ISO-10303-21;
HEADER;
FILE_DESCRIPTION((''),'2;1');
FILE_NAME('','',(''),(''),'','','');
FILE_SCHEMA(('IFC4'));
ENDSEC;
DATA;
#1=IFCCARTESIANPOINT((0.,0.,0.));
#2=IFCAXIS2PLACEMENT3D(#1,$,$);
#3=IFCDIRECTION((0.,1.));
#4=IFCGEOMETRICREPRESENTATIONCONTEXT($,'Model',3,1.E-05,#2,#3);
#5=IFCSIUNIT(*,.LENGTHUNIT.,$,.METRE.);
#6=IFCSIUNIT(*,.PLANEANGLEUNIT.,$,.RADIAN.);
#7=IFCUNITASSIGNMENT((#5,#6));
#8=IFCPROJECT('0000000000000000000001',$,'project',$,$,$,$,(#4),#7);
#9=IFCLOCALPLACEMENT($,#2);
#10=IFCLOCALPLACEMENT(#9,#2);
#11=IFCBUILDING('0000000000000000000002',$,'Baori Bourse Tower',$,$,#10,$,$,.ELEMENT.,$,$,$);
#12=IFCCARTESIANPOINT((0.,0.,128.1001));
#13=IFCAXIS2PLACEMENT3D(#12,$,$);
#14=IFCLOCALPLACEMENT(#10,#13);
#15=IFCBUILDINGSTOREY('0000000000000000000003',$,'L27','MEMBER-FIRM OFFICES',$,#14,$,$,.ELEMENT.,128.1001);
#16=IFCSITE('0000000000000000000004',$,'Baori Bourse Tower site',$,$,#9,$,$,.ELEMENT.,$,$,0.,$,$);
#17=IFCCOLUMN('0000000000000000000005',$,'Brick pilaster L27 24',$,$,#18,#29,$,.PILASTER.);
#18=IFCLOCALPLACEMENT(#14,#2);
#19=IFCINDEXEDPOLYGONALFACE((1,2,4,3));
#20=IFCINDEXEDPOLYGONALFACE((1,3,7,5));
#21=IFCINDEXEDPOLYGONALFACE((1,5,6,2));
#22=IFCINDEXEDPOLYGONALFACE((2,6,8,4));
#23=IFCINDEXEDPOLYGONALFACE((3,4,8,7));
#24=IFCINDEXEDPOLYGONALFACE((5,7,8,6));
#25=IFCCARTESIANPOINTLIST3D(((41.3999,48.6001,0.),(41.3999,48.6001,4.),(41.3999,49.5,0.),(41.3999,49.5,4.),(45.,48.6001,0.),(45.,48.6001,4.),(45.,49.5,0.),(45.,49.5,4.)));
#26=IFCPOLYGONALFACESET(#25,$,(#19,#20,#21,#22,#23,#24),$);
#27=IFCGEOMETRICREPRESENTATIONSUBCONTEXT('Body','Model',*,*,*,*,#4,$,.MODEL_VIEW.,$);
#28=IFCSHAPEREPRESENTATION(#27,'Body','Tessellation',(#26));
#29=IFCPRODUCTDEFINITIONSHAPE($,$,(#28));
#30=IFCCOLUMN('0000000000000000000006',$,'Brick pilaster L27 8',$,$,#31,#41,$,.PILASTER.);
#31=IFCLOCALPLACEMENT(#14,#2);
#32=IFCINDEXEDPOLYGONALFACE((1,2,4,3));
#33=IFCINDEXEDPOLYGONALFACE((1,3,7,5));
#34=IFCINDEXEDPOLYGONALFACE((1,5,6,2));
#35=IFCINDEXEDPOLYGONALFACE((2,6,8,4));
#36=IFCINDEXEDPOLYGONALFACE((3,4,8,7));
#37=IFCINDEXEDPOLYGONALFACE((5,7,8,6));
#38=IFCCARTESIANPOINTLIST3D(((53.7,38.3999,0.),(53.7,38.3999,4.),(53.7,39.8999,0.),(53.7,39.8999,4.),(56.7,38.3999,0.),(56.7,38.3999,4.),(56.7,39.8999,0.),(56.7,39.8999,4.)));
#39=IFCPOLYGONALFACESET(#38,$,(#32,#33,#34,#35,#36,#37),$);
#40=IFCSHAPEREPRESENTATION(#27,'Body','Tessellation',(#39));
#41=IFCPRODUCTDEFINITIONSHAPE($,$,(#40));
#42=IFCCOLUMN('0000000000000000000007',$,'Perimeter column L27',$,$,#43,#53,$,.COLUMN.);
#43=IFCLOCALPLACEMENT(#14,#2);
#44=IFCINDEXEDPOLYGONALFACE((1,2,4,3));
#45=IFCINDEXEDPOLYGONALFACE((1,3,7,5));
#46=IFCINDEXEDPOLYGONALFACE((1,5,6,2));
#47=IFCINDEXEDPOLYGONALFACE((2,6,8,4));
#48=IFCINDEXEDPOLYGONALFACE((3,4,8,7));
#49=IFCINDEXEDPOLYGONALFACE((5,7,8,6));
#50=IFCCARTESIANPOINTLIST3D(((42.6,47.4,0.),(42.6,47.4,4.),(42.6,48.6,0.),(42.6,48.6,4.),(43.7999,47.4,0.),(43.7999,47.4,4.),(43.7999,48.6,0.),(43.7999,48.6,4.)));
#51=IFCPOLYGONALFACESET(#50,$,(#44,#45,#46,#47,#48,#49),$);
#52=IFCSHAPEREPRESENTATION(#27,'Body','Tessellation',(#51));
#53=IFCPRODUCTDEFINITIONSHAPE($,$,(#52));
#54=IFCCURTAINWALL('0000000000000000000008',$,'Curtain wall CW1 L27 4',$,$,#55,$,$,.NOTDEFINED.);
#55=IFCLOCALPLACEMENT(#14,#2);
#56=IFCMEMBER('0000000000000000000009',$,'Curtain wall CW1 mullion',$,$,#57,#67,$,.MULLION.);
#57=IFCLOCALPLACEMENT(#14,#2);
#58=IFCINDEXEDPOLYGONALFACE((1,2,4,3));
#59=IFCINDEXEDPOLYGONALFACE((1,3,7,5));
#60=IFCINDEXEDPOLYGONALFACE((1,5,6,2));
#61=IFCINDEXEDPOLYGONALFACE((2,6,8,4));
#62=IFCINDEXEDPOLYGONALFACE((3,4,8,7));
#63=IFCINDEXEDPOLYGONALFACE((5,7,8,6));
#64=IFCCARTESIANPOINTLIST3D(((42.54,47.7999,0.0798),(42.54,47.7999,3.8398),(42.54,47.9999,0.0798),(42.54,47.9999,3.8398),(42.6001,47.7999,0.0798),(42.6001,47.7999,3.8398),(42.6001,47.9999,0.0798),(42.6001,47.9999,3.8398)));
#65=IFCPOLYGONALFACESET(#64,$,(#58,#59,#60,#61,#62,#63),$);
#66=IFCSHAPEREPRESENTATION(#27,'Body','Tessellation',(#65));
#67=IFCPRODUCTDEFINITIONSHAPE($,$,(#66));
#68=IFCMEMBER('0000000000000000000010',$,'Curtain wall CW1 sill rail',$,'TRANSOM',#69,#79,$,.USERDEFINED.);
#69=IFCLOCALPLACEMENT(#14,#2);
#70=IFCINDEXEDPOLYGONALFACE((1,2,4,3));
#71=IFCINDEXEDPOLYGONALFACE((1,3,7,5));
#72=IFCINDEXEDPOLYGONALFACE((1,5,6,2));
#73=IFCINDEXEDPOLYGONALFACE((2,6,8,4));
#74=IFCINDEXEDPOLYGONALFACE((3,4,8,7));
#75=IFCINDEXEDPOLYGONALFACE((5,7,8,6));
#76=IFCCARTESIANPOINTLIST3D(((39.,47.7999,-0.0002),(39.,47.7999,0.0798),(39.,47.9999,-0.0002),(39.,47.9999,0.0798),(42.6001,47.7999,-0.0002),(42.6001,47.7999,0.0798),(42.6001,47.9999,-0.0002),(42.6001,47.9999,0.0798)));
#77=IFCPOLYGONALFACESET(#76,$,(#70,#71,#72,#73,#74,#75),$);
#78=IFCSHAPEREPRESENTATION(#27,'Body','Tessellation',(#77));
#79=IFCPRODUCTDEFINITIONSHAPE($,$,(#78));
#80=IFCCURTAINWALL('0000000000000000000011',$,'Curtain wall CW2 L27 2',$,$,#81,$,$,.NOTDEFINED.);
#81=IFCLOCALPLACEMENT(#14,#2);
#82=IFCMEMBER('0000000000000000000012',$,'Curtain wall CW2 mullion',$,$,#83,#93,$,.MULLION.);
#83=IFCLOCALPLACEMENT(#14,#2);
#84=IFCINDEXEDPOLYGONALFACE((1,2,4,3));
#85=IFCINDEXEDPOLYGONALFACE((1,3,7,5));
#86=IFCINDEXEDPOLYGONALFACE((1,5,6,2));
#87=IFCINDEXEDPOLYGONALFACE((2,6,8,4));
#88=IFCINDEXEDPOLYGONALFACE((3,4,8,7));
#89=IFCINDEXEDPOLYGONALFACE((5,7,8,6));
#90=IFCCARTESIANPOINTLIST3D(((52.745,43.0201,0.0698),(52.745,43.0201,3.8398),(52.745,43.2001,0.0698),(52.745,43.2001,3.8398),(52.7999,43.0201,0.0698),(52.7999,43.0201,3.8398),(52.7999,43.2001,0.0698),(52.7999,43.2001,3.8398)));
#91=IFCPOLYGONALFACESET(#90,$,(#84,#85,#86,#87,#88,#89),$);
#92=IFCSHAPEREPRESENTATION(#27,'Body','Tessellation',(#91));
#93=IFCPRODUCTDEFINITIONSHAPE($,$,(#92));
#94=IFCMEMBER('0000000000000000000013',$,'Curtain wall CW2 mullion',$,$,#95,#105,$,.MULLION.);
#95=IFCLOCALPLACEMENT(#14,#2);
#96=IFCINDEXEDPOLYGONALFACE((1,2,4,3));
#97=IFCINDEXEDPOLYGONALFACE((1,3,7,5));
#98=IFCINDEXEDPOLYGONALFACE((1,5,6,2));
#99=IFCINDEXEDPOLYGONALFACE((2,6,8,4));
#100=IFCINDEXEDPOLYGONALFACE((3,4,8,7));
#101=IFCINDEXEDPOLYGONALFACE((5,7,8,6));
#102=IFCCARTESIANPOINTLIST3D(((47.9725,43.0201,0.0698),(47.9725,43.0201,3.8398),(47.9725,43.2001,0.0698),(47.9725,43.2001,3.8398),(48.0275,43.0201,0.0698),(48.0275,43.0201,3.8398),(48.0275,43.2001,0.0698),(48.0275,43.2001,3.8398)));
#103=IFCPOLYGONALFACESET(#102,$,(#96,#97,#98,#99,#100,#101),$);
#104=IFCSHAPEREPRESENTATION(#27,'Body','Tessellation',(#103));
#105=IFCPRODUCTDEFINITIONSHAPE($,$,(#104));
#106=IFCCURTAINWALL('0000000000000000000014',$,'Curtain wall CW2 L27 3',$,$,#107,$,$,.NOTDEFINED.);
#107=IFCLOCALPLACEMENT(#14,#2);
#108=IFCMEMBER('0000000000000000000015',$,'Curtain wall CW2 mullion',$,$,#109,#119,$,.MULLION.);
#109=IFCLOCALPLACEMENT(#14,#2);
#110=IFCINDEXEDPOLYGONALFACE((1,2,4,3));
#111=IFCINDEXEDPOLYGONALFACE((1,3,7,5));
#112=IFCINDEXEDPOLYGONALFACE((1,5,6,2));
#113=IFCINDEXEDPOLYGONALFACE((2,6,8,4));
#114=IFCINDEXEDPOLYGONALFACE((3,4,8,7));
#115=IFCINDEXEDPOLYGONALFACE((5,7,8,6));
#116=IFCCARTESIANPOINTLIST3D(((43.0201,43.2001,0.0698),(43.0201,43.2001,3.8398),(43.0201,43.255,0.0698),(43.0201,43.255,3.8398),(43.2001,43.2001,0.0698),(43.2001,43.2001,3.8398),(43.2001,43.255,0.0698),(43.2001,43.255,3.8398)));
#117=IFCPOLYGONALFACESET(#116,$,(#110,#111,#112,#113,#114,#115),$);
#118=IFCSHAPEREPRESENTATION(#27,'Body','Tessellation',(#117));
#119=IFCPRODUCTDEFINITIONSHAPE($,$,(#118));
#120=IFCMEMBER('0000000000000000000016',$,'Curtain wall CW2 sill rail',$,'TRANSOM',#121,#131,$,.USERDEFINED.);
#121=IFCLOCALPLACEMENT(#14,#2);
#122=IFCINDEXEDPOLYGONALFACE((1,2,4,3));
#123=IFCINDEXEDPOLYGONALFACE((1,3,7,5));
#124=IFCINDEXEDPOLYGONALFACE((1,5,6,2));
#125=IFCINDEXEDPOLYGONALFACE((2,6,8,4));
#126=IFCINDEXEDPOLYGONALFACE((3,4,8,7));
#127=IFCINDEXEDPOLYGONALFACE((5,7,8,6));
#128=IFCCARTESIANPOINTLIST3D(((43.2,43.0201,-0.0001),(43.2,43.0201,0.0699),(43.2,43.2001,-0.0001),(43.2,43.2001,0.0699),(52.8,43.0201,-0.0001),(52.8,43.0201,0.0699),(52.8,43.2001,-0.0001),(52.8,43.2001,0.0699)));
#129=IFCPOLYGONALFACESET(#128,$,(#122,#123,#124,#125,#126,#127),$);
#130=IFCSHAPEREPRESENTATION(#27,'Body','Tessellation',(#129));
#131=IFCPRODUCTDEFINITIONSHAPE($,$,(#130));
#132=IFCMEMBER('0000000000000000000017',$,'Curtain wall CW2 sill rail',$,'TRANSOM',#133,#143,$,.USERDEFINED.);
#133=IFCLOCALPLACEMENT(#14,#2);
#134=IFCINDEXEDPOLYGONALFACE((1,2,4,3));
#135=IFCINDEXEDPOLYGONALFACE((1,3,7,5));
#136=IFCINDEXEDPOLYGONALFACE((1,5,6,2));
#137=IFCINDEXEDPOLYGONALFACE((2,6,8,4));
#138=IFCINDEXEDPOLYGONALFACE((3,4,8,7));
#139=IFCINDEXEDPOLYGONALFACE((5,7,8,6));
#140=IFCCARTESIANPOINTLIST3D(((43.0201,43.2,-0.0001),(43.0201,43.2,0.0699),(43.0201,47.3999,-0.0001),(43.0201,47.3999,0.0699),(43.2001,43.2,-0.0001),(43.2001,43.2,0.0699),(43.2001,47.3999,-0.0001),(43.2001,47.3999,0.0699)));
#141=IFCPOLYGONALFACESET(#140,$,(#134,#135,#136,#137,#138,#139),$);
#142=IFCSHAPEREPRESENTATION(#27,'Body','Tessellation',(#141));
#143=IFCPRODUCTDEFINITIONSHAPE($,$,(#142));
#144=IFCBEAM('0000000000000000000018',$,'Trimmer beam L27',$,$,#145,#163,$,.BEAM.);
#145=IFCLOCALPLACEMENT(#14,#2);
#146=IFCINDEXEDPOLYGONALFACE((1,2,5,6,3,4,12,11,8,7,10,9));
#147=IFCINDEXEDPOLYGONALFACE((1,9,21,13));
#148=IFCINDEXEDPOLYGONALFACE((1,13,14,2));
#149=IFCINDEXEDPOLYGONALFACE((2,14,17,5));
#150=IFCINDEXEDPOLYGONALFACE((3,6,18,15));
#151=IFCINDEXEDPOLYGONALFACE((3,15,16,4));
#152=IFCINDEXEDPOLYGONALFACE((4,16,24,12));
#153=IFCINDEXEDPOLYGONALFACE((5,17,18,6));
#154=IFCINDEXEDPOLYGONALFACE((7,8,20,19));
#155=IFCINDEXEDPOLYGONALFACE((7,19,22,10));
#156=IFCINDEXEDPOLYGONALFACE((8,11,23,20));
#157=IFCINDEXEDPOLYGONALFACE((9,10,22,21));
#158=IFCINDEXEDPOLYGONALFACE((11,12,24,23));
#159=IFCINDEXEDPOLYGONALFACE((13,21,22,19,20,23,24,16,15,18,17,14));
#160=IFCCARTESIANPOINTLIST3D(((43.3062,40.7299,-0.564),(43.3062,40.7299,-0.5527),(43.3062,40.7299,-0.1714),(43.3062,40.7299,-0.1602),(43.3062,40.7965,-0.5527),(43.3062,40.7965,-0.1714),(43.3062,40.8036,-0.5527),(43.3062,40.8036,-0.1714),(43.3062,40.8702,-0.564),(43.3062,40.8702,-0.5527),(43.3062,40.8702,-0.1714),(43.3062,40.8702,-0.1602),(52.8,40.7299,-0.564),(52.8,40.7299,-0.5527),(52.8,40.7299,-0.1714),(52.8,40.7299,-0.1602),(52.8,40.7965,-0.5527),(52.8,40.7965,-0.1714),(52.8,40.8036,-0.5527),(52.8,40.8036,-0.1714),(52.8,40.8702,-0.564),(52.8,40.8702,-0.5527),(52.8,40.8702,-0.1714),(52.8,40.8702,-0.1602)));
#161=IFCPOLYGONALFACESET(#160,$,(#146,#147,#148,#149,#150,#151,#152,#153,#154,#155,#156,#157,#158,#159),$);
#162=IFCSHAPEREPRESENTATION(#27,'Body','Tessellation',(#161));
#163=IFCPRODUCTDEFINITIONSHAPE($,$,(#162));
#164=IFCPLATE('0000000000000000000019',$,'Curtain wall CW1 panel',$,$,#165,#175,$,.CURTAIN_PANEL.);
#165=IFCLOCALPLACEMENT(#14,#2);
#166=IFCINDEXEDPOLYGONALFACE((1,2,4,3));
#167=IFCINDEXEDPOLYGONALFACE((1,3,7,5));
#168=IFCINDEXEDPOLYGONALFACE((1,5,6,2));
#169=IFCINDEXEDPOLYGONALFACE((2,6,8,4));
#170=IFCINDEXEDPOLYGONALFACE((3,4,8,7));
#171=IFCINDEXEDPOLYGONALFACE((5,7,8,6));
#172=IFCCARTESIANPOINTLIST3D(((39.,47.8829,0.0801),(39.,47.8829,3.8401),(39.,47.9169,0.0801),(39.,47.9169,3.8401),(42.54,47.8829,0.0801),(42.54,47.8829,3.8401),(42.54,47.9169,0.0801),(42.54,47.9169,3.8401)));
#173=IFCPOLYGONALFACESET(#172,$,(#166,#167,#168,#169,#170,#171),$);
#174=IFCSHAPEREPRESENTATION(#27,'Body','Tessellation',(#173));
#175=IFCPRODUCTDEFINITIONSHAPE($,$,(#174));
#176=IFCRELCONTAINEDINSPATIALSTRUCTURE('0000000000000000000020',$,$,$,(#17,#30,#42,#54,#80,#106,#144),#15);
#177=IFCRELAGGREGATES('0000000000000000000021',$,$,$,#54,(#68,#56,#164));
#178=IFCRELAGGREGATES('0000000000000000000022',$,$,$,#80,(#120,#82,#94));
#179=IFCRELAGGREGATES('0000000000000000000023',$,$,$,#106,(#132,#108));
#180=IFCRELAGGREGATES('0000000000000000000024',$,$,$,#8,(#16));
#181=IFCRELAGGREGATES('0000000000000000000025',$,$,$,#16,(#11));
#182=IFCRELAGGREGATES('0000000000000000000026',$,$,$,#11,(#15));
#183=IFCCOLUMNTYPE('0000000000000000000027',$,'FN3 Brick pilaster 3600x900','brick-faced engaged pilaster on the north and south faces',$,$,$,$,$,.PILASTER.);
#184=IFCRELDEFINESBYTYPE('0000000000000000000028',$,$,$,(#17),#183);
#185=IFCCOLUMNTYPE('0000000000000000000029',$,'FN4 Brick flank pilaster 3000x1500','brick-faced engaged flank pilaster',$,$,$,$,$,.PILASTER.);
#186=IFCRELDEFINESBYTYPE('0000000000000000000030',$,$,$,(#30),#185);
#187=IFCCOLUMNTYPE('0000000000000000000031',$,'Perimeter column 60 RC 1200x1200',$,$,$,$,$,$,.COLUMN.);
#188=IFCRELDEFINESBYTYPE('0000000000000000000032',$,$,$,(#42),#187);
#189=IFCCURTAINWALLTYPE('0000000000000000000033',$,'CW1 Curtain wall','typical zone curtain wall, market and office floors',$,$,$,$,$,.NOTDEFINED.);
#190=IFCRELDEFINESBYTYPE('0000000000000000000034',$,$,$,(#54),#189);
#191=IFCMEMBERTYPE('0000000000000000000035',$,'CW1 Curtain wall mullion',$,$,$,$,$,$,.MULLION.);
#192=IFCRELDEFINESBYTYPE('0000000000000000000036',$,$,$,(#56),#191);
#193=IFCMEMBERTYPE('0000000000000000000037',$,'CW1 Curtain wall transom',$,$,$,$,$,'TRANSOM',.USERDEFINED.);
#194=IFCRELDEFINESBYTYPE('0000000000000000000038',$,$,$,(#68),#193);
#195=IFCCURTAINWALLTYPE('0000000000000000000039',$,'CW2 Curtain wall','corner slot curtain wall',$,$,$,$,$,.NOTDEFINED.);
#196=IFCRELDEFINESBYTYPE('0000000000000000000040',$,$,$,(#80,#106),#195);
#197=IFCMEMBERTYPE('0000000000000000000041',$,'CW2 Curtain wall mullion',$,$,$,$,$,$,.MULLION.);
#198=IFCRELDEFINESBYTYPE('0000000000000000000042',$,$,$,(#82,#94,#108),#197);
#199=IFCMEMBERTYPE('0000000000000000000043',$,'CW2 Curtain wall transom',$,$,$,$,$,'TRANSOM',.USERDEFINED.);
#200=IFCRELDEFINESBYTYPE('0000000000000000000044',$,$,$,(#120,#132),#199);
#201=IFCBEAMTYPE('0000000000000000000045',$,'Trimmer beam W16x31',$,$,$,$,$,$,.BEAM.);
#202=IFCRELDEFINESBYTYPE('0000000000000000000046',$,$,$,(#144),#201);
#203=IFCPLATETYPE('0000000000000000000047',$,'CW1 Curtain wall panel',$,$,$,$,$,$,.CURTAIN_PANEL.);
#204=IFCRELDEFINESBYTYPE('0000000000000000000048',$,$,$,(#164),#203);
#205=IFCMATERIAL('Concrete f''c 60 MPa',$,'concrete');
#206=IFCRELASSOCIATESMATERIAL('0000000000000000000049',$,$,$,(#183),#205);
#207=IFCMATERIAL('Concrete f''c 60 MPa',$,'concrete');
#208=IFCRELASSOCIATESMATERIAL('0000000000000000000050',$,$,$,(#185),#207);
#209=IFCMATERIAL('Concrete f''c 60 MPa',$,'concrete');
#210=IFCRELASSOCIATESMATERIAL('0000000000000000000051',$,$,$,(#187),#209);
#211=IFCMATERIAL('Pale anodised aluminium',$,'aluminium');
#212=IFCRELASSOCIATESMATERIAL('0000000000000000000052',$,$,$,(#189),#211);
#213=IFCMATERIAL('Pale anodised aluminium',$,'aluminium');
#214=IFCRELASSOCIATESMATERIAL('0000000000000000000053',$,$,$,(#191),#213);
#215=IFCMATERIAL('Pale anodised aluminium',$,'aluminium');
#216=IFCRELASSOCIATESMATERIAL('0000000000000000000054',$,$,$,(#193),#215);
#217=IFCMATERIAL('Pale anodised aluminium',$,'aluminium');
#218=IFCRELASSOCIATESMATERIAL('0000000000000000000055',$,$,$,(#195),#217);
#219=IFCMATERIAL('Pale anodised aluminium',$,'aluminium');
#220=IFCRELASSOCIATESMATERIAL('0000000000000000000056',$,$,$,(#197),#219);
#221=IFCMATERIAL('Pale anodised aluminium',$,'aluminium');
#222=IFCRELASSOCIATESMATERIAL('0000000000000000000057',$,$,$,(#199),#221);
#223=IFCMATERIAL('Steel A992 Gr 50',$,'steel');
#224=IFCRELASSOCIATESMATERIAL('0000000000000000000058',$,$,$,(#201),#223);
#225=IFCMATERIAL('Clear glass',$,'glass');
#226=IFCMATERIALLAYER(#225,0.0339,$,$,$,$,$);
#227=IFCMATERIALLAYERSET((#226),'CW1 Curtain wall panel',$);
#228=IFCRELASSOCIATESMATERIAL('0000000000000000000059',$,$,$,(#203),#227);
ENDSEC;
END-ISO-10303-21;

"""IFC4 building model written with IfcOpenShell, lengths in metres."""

from ifc_helpers import new_model, si_unit, direction, frame, origin, origin_2d, place, context, subcontext, project, spatial, rectangle, i_section, extrude, material, layer, layer_set, material_profile, profile_set, type_object, element, aggregate, save


model = new_model("IFC4")

# Units and contexts
model_context = context("Model", 3, precision=1e-05, world=origin(), true_north=direction((0.0, 1.0)))
body_context = subcontext(model_context, "Body", "Model", "MODEL_VIEW")
ifc_project = project(units=[si_unit("LENGTHUNIT", "METRE"), si_unit("PLANEANGLEUNIT", "RADIAN")], contexts=[model_context])

# Site, building, storey
site_placement = place(None, origin())
site = spatial("IfcSite", under=ifc_project, at=site_placement, Name="Baori Bourse Tower site", CompositionType="ELEMENT", RefElevation=0.0)
building_placement = place(site_placement, origin())
building = spatial("IfcBuilding", under=site, at=building_placement, Name="Baori Bourse Tower", CompositionType="ELEMENT")
storey_placement = place(building_placement, frame((0.0, 0.0, 128.1001)))
storey = spatial("IfcBuildingStorey", under=building, at=storey_placement, Name="L27", Description="MEMBER-FIRM OFFICES", CompositionType="ELEMENT", Elevation=128.1001)

# Columns
ifc_material_1 = material(Name="Concrete f'c 60 MPa", Category="concrete")
ifc_material_profile_1 = material_profile(ifc_material_1, rectangle(XDim=3.6001, YDim=0.8999, at=origin_2d()), Name="RC 3600x900")
ifc_profile_set_1 = profile_set([ifc_material_profile_1], Name="Concrete f'c 60 MPa")
column_type_1 = type_object("IfcColumnType", Name="FN3 Brick pilaster 3600x900", Description="brick-faced engaged pilaster on the north and south faces", PredefinedType="PILASTER", material=ifc_profile_set_1)
column_1_placement = place(storey_placement, frame((43.2, 49.05, 0.0), z_axis=(0.0, 0.0, 1.0), x_axis=(1.0, 0.0, 0.0)))
element("IfcColumn", 1, at=column_1_placement, inside=storey, type_object=column_type_1, Name="Brick pilaster L27 24", PredefinedType="PILASTER", context=body_context, shape_type="SweptSolid", body=[
    extrude(rectangle(XDim=3.6001, YDim=0.8999, at=origin_2d()), origin(), (0.0, 0.0, 1.0), 4.0),
])
ifc_material_2 = material(Name="Concrete f'c 60 MPa", Category="concrete")
ifc_material_profile_2 = material_profile(ifc_material_2, rectangle(XDim=3.0, YDim=1.5, at=origin_2d()), Name="RC 3000x1500")
ifc_profile_set_2 = profile_set([ifc_material_profile_2], Name="Concrete f'c 60 MPa")
column_type_2 = type_object("IfcColumnType", Name="FN4 Brick flank pilaster 3000x1500", Description="brick-faced engaged flank pilaster", PredefinedType="PILASTER", material=ifc_profile_set_2)
column_2_placement = place(storey_placement, frame((55.2, 39.1499, 0.0), z_axis=(0.0, 0.0, 1.0), x_axis=(1.0, 0.0, 0.0)))
element("IfcColumn", 2, at=column_2_placement, inside=storey, type_object=column_type_2, Name="Brick pilaster L27 8", PredefinedType="PILASTER", context=body_context, shape_type="SweptSolid", body=[
    extrude(rectangle(XDim=3.0, YDim=1.5, at=origin_2d()), origin(), (0.0, 0.0, 1.0), 4.0),
])
ifc_material_3 = material(Name="Concrete f'c 60 MPa", Category="concrete")
ifc_material_profile_3 = material_profile(ifc_material_3, rectangle(XDim=1.2, YDim=1.2, at=origin_2d()), Name="RC 1200x1200")
ifc_profile_set_3 = profile_set([ifc_material_profile_3], Name="Concrete f'c 60 MPa")
column_type_3 = type_object("IfcColumnType", Name="Perimeter column 60 RC 1200x1200", PredefinedType="COLUMN", material=ifc_profile_set_3)
column_3_placement = place(storey_placement, frame((43.2, 48.0, 0.0), z_axis=(0.0, 0.0, 1.0), x_axis=(1.0, 0.0, 0.0)))
element("IfcColumn", 3, at=column_3_placement, inside=storey, type_object=column_type_3, Name="Perimeter column L27", PredefinedType="COLUMN", context=body_context, shape_type="SweptSolid", body=[
    extrude(rectangle(XDim=1.2, YDim=1.2, at=origin_2d()), origin(), (0.0, 0.0, 1.0), 4.0),
])

# Curtain walls, members
ifc_material_4 = material(Name="Pale anodised aluminium", Category="aluminium")
curtain_wall_type_1 = type_object("IfcCurtainWallType", Name="CW1 Curtain wall", Description="typical zone curtain wall, market and office floors", PredefinedType="NOTDEFINED", material=ifc_material_4)
curtain_wall_1_placement = place(storey_placement, origin())
curtain_wall_1 = element("IfcCurtainWall", 4, at=curtain_wall_1_placement, inside=storey, type_object=curtain_wall_type_1, Name="Curtain wall CW1 L27 4", PredefinedType="NOTDEFINED")
ifc_material_5 = material(Name="Pale anodised aluminium", Category="aluminium")
ifc_material_profile_4 = material_profile(ifc_material_5, rectangle(XDim=0.2, YDim=0.0601, at=origin_2d()), Name="Mullion 60x200")
ifc_profile_set_4 = profile_set([ifc_material_profile_4], Name="Pale anodised aluminium")
member_type_1 = type_object("IfcMemberType", Name="CW1 Curtain wall mullion", PredefinedType="MULLION", material=ifc_profile_set_4)
member_1_placement = place(storey_placement, frame((42.5701, 47.8999, 0.0798), z_axis=(0.0, 0.0, 1.0), x_axis=(0.0, -1.0, 0.0)))
member_1 = element("IfcMember", 5, at=member_1_placement, type_object=member_type_1, Name="Curtain wall CW1 mullion", PredefinedType="MULLION", context=body_context, shape_type="SweptSolid", body=[
    extrude(rectangle(XDim=0.2, YDim=0.0601, at=origin_2d()), origin(), (0.0, 0.0, 1.0), 3.76),
])
ifc_material_6 = material(Name="Pale anodised aluminium", Category="aluminium")
ifc_material_profile_5 = material_profile(ifc_material_6, rectangle(XDim=0.2, YDim=0.0801, at=origin_2d()), Name="Transom 80x200")
ifc_profile_set_5 = profile_set([ifc_material_profile_5], Name="Pale anodised aluminium")
member_type_2 = type_object("IfcMemberType", Name="CW1 Curtain wall transom", ElementType="TRANSOM", PredefinedType="USERDEFINED", material=ifc_profile_set_5)
member_2_placement = place(storey_placement, frame((42.6001, 47.8999, 0.0398), z_axis=(-1.0, 0.0, 0.0), x_axis=(0.0, -1.0, 0.0)))
member_2 = element("IfcMember", 6, at=member_2_placement, type_object=member_type_2, Name="Curtain wall CW1 sill rail", ObjectType="TRANSOM", PredefinedType="USERDEFINED", context=body_context, shape_type="SweptSolid", body=[
    extrude(rectangle(XDim=0.2, YDim=0.0801, at=origin_2d()), origin(), (0.0, 0.0, 1.0), 3.6001),
])
ifc_material_7 = material(Name="Pale anodised aluminium", Category="aluminium")
curtain_wall_type_2 = type_object("IfcCurtainWallType", Name="CW2 Curtain wall", Description="corner slot curtain wall", PredefinedType="NOTDEFINED", material=ifc_material_7)
curtain_wall_2_placement = place(storey_placement, origin())
curtain_wall_2 = element("IfcCurtainWall", 7, at=curtain_wall_2_placement, inside=storey, type_object=curtain_wall_type_2, Name="Curtain wall CW2 L27 2", PredefinedType="NOTDEFINED")
ifc_material_8 = material(Name="Pale anodised aluminium", Category="aluminium")
ifc_material_profile_6 = material_profile(ifc_material_8, rectangle(XDim=0.1799, YDim=0.0549, at=origin_2d()), Name="Mullion 55x180")
ifc_profile_set_6 = profile_set([ifc_material_profile_6], Name="Pale anodised aluminium")
member_type_3 = type_object("IfcMemberType", Name="CW2 Curtain wall mullion", PredefinedType="MULLION", material=ifc_profile_set_6)
member_3_placement = place(storey_placement, frame((52.7725, 43.1101, 0.0698), z_axis=(0.0, 0.0, 1.0), x_axis=(0.0, -1.0, 0.0)))
member_3 = element("IfcMember", 8, at=member_3_placement, type_object=member_type_3, Name="Curtain wall CW2 mullion", PredefinedType="MULLION", context=body_context, shape_type="SweptSolid", body=[
    extrude(rectangle(XDim=0.1799, YDim=0.0549, at=origin_2d()), origin(), (0.0, 0.0, 1.0), 3.77),
])
member_4_placement = place(storey_placement, frame((48.0, 43.1101, 0.0698), z_axis=(0.0, 0.0, 1.0), x_axis=(0.0, -1.0, 0.0)))
member_4 = element("IfcMember", 9, at=member_4_placement, type_object=member_type_3, Name="Curtain wall CW2 mullion", PredefinedType="MULLION", context=body_context, shape_type="SweptSolid", body=[
    extrude(rectangle(XDim=0.1799, YDim=0.0549, at=origin_2d()), origin(), (0.0, 0.0, 1.0), 3.77),
])

# Curtain wall, member
curtain_wall_3_placement = place(storey_placement, origin())
curtain_wall_3 = element("IfcCurtainWall", 10, at=curtain_wall_3_placement, inside=storey, type_object=curtain_wall_type_2, Name="Curtain wall CW2 L27 3", PredefinedType="NOTDEFINED")
member_5_placement = place(storey_placement, frame((43.1101, 43.2275, 0.0698), z_axis=(0.0, 0.0, 1.0), x_axis=(-1.0, 0.0, 0.0)))
member_5 = element("IfcMember", 11, at=member_5_placement, type_object=member_type_3, Name="Curtain wall CW2 mullion", PredefinedType="MULLION", context=body_context, shape_type="SweptSolid", body=[
    extrude(rectangle(XDim=0.1799, YDim=0.0549, at=origin_2d()), origin(), (0.0, 0.0, 1.0), 3.77),
])

# Members
ifc_material_9 = material(Name="Pale anodised aluminium", Category="aluminium")
ifc_material_profile_7 = material_profile(ifc_material_9, rectangle(XDim=0.1799, YDim=0.0701, at=origin_2d()), Name="Transom 70x180")
ifc_profile_set_7 = profile_set([ifc_material_profile_7], Name="Pale anodised aluminium")
member_type_4 = type_object("IfcMemberType", Name="CW2 Curtain wall transom", ElementType="TRANSOM", PredefinedType="USERDEFINED", material=ifc_profile_set_7)
member_6_placement = place(storey_placement, frame((52.8, 43.1101, 0.0349), z_axis=(-1.0, 0.0, 0.0), x_axis=(0.0, -1.0, 0.0)))
member_6 = element("IfcMember", 12, at=member_6_placement, type_object=member_type_4, Name="Curtain wall CW2 sill rail", ObjectType="TRANSOM", PredefinedType="USERDEFINED", context=body_context, shape_type="SweptSolid", body=[
    extrude(rectangle(XDim=0.1799, YDim=0.0701, at=origin_2d()), origin(), (0.0, 0.0, 1.0), 9.6001),
])
member_7_placement = place(storey_placement, frame((43.1101, 43.2, 0.0349), z_axis=(0.0, 1.0, 0.0), x_axis=(-1.0, 0.0, 0.0)))
member_7 = element("IfcMember", 13, at=member_7_placement, type_object=member_type_4, Name="Curtain wall CW2 sill rail", ObjectType="TRANSOM", PredefinedType="USERDEFINED", context=body_context, shape_type="SweptSolid", body=[
    extrude(rectangle(XDim=0.1799, YDim=0.0701, at=origin_2d()), origin(), (0.0, 0.0, 1.0), 4.2),
])

# Beam
ifc_material_10 = material(Name="Steel A992 Gr 50", Category="steel")
ifc_material_profile_8 = material_profile(ifc_material_10, i_section(OverallWidth=0.1404, OverallDepth=0.4038, WebThickness=0.0071, FlangeThickness=0.0112, at=origin_2d()), Name="W16x31")
ifc_profile_set_8 = profile_set([ifc_material_profile_8], Name="Steel A992 Gr 50")
beam_type = type_object("IfcBeamType", Name="Trimmer beam W16x31", PredefinedType="BEAM", material=ifc_profile_set_8)
beam_placement = place(storey_placement, frame((43.3062, 40.8, -0.3621), z_axis=(1.0, 0.0, 0.0), x_axis=(0.0, 1.0, 0.0)))
element("IfcBeam", 14, at=beam_placement, inside=storey, type_object=beam_type, Name="Trimmer beam L27", PredefinedType="BEAM", context=body_context, shape_type="SweptSolid", body=[
    extrude(i_section(OverallWidth=0.1404, OverallDepth=0.4038, WebThickness=0.0071, FlangeThickness=0.0112, at=origin_2d()), origin(), (0.0, 0.0, 1.0), 9.4939),
])

# Plate
ifc_material_11 = material(Name="Clear glass", Category="glass")
ifc_layer_1 = layer(ifc_material_11, 0.0339)
ifc_layer_set_1 = layer_set([ifc_layer_1], Name="CW1 Curtain wall panel")
plate_type_1 = type_object("IfcPlateType", Name="CW1 Curtain wall panel", PredefinedType="CURTAIN_PANEL", material=ifc_layer_set_1)
plate_1_placement = place(storey_placement, frame((40.77, 47.8999, 0.0801), z_axis=(0.0, 0.0, 1.0), x_axis=(-1.0, 0.0, 0.0)))
plate_1 = element("IfcPlate", 15, at=plate_1_placement, type_object=plate_type_1, Name="Curtain wall CW1 panel", PredefinedType="CURTAIN_PANEL", context=body_context, shape_type="SweptSolid", body=[
    extrude(rectangle(XDim=3.54, YDim=0.0339, at=origin_2d()), origin(), (0.0, 0.0, 1.0), 3.76),
])
aggregate(curtain_wall_1, [member_2, member_1, plate_1])

aggregate(curtain_wall_2, [member_6, member_3, member_4])
aggregate(curtain_wall_3, [member_7, member_5])

save(model, "model.ifc")
